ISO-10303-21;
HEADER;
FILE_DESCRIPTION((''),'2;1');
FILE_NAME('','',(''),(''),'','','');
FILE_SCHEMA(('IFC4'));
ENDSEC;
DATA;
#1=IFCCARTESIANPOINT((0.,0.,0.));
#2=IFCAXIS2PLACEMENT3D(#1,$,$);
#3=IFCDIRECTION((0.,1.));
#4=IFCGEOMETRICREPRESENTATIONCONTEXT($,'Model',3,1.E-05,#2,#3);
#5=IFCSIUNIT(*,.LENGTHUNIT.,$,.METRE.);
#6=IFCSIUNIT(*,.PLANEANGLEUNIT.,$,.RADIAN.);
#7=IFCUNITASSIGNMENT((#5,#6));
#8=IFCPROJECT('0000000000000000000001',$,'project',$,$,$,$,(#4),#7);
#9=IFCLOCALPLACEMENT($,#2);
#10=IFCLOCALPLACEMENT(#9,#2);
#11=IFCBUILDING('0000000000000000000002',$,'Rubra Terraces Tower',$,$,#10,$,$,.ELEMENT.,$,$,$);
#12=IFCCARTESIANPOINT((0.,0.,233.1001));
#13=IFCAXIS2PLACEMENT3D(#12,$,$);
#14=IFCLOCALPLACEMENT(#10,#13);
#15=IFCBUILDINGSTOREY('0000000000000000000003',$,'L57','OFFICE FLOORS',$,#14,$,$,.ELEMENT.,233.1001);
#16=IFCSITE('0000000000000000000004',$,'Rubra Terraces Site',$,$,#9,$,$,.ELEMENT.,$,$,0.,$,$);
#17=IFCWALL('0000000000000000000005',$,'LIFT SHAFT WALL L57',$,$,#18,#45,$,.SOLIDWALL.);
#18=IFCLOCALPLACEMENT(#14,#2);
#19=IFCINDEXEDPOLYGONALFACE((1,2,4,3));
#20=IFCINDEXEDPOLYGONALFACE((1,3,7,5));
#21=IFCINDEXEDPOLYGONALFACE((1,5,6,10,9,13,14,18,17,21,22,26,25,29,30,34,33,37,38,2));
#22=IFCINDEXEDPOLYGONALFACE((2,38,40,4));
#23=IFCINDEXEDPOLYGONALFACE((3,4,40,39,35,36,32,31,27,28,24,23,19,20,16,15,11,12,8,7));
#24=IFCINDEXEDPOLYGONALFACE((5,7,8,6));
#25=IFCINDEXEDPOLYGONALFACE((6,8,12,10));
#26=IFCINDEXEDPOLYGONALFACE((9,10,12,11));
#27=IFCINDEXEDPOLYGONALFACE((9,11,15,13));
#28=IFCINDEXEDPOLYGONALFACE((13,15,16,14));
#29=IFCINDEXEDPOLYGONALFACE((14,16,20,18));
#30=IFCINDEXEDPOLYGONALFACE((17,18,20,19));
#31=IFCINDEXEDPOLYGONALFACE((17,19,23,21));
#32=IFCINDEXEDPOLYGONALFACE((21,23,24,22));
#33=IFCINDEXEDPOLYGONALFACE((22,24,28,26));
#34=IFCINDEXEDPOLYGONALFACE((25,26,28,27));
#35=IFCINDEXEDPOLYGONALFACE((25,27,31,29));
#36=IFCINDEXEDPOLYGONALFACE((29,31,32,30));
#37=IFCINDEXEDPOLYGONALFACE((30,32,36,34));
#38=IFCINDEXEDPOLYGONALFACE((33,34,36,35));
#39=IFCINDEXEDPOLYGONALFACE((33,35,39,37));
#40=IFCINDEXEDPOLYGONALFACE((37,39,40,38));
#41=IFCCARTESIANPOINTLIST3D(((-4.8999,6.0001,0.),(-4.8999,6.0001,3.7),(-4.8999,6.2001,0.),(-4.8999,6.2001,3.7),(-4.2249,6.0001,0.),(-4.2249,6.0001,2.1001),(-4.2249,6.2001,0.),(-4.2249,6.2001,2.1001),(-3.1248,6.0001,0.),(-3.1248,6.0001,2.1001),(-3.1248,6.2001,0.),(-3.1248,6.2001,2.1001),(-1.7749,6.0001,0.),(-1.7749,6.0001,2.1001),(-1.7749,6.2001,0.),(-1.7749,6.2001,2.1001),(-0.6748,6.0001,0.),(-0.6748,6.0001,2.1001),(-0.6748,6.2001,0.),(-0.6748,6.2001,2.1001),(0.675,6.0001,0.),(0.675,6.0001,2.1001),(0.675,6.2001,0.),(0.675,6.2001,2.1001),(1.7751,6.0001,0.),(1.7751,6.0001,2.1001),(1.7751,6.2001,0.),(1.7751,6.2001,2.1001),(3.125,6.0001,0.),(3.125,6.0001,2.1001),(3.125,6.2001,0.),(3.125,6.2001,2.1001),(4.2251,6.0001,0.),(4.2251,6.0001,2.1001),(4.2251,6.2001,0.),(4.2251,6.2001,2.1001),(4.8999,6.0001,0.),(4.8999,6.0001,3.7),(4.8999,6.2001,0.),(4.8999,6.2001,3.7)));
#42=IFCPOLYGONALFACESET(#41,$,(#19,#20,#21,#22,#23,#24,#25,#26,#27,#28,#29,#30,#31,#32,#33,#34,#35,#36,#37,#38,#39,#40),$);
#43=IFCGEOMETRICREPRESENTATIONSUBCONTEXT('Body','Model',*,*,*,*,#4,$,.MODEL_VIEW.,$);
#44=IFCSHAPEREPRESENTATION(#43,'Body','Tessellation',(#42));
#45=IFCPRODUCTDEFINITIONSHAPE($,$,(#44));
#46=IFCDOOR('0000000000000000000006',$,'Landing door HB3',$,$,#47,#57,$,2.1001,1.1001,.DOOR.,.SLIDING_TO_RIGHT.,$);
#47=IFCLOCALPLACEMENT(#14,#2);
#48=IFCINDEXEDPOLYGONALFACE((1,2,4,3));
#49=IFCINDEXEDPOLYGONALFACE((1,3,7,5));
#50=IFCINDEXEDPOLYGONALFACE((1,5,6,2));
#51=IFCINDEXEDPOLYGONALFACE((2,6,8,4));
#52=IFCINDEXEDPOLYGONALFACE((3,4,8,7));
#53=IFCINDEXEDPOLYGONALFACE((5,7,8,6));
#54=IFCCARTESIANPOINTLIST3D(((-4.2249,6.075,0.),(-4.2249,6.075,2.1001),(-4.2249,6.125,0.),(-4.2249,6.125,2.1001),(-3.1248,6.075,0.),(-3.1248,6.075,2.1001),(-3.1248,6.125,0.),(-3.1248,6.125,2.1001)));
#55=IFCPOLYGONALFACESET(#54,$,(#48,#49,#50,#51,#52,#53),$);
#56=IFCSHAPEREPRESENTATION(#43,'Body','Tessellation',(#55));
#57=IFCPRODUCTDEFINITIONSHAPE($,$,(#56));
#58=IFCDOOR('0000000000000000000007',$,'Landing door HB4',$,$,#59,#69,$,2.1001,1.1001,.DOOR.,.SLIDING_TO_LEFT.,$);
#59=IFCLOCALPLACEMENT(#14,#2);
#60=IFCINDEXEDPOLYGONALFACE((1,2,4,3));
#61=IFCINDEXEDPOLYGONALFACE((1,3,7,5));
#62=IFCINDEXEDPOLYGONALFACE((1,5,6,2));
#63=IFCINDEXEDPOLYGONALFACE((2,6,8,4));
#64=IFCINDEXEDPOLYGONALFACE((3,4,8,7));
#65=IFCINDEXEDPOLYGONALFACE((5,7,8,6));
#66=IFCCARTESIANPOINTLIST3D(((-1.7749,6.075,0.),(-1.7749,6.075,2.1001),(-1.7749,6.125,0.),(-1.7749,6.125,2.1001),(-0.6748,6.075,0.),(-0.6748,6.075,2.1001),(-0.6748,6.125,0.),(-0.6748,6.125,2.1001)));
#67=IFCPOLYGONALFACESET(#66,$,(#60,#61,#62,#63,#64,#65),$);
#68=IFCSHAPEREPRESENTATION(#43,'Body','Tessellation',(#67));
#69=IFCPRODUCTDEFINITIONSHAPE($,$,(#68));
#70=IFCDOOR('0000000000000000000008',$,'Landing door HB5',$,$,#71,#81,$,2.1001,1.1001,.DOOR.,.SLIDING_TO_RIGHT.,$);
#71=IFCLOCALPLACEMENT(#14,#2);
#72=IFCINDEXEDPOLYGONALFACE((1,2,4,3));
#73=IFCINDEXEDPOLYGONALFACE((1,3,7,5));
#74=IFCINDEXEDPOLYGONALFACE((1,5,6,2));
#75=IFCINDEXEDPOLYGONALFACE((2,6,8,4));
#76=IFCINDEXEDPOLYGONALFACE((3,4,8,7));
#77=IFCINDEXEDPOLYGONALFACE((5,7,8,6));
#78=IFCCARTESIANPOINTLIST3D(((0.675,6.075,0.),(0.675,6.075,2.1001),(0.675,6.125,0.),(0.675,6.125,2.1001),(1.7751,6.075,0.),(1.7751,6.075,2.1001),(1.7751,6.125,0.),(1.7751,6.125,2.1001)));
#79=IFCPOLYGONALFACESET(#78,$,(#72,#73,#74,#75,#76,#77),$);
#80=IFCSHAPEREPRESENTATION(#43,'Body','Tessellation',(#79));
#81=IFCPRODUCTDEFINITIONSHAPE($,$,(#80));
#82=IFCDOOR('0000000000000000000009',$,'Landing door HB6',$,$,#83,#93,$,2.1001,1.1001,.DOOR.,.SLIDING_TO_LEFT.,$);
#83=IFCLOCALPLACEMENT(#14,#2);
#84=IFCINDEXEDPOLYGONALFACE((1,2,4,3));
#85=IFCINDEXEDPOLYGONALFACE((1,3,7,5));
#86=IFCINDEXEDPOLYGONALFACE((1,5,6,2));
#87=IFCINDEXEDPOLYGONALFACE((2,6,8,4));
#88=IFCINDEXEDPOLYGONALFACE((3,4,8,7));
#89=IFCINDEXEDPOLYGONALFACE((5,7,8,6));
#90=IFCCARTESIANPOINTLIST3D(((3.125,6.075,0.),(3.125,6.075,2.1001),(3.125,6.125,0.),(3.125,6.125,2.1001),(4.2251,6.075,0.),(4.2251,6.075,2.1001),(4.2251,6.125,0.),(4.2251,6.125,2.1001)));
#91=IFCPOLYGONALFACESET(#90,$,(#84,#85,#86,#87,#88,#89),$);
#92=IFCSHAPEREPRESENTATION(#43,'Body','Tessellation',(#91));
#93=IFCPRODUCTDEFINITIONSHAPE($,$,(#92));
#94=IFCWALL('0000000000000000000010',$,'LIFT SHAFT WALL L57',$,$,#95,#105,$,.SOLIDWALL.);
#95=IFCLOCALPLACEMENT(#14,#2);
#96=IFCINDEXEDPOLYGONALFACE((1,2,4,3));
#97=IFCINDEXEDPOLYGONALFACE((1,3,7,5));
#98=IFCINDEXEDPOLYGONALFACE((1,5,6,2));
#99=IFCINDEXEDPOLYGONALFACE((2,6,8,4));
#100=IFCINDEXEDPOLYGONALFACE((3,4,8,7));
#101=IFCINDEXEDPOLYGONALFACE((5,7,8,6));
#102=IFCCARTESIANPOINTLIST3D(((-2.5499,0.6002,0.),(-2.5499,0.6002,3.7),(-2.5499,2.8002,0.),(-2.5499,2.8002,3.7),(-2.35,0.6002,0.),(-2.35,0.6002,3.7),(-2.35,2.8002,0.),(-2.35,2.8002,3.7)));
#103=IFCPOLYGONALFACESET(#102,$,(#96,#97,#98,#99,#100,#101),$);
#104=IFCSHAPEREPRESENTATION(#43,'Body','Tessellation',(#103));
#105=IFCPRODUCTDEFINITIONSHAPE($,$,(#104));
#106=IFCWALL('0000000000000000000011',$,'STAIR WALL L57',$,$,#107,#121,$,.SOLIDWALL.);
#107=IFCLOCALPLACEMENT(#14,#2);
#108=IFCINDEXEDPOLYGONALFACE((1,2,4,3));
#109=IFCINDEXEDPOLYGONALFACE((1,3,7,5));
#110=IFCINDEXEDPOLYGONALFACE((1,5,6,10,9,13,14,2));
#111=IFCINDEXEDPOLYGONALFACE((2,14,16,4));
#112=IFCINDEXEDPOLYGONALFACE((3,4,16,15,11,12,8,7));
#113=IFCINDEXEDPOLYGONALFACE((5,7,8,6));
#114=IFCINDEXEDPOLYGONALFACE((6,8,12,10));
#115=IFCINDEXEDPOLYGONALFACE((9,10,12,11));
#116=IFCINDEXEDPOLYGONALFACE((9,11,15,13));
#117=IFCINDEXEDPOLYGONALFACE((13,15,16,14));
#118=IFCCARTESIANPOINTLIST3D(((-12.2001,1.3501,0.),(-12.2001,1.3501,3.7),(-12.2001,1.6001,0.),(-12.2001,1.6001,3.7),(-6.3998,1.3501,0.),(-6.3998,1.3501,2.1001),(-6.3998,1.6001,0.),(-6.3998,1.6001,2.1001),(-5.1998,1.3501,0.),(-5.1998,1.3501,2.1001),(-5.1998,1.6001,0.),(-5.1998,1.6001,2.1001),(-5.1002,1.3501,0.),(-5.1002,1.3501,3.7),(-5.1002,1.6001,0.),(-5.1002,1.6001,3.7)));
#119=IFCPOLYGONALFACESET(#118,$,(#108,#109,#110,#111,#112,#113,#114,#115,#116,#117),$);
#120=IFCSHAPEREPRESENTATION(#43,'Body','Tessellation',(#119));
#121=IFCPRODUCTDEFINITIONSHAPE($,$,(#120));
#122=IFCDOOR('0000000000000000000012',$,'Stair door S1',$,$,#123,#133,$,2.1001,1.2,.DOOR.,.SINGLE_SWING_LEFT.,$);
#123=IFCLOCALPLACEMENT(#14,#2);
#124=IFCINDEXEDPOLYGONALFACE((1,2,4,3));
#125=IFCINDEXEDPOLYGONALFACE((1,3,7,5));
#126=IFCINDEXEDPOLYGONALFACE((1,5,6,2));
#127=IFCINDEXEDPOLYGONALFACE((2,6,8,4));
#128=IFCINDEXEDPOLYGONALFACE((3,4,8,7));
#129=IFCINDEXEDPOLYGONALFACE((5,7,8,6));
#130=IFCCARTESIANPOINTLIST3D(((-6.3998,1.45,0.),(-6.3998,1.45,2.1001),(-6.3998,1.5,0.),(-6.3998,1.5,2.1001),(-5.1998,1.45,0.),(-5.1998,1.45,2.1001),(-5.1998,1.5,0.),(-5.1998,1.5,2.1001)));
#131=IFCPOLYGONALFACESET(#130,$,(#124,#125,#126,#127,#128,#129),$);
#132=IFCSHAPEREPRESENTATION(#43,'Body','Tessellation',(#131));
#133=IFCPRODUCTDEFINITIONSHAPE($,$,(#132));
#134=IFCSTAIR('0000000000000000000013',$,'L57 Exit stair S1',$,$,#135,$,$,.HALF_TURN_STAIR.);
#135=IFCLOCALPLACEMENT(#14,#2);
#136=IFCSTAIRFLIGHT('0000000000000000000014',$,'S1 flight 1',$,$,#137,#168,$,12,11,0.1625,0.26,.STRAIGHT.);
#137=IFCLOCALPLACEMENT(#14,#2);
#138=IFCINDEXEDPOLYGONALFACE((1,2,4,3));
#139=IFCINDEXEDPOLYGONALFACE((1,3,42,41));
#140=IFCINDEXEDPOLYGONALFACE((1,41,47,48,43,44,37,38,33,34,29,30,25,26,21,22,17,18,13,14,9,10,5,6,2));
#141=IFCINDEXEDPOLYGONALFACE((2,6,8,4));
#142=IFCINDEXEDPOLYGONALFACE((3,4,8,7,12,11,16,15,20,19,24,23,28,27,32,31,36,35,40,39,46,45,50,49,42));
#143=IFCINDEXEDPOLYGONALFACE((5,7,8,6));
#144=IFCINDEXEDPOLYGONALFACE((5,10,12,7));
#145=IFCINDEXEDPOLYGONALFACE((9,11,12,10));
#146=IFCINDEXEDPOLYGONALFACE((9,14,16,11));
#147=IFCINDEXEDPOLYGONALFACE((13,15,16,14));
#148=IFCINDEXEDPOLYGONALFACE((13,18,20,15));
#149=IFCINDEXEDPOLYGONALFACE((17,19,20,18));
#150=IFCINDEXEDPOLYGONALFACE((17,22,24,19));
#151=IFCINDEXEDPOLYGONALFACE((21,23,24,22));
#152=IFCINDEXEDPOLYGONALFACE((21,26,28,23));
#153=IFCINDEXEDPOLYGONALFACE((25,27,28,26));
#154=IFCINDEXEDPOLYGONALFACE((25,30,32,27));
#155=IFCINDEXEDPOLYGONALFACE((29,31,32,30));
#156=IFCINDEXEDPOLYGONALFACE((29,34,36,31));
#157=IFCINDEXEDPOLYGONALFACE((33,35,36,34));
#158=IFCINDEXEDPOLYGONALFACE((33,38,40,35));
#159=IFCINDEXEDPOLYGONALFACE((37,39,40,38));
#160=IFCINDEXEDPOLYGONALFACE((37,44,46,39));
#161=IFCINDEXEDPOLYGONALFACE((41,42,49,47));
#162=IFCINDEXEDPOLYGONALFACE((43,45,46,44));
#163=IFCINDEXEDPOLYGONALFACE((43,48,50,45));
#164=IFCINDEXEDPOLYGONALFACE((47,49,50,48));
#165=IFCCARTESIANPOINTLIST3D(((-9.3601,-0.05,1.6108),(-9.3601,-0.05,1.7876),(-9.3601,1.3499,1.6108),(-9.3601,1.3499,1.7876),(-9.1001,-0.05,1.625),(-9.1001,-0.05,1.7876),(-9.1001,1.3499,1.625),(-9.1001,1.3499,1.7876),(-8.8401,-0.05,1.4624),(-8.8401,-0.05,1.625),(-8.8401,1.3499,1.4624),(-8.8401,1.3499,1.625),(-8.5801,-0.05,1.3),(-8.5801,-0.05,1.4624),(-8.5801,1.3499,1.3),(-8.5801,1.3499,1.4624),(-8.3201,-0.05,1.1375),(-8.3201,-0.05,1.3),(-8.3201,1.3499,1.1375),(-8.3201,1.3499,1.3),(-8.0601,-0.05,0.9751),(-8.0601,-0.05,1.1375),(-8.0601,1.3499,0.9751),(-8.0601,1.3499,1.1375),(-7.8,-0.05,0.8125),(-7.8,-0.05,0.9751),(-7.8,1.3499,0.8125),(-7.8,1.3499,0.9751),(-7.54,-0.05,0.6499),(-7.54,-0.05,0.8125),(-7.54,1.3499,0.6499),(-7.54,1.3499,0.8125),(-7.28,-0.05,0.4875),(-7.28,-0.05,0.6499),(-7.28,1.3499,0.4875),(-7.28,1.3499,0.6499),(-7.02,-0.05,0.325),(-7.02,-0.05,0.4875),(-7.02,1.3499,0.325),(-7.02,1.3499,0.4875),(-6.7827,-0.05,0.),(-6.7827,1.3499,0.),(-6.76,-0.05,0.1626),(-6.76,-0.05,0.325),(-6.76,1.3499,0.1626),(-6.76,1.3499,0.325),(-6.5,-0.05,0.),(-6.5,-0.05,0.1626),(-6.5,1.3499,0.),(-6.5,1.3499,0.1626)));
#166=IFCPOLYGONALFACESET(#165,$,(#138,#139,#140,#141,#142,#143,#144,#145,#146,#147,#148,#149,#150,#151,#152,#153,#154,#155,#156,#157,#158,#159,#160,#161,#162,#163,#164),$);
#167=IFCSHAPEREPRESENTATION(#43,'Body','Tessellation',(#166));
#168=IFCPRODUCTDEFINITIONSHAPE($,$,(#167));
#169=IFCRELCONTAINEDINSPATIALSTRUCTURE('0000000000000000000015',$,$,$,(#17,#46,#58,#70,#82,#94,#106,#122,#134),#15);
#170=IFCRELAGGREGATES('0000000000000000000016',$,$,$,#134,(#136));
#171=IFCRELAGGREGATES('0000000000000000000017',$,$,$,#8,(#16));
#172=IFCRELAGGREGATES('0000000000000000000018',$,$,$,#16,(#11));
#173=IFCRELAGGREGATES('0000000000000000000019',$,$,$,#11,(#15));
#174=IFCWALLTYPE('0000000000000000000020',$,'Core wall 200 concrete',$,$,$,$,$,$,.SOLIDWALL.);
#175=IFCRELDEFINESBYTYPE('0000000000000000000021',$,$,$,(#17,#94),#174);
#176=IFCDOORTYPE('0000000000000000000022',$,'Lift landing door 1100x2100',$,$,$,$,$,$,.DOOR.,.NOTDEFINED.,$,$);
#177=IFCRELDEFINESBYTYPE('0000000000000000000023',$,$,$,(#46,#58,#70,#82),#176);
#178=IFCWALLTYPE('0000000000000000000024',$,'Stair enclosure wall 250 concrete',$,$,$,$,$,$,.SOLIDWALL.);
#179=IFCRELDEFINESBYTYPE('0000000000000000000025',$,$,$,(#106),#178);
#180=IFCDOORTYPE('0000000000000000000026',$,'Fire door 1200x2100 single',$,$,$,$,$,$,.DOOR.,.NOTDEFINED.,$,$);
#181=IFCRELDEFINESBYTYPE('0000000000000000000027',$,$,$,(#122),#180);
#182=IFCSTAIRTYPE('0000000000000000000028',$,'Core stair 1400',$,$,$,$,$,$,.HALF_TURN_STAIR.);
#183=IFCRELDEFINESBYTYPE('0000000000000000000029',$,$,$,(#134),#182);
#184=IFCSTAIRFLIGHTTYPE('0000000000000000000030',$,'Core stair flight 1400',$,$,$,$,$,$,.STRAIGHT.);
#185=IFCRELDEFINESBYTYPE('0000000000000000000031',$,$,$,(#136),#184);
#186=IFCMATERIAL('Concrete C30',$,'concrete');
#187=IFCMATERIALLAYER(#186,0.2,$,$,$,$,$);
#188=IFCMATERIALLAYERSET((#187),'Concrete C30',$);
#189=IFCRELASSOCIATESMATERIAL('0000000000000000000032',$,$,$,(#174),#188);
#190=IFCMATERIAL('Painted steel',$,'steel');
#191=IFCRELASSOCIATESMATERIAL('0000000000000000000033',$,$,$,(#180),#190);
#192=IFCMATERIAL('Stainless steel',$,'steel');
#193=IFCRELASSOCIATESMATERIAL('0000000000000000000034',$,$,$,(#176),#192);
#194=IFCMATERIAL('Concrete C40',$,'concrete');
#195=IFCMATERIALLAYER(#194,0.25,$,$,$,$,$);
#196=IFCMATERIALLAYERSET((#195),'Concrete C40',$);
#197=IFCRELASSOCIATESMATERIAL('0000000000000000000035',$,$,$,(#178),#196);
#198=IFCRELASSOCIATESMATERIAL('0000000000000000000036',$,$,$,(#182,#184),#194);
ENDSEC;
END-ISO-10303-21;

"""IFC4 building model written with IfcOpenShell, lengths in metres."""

from ifc_helpers import new_model, si_unit, direction, frame, frame_2d, origin, place, context, subcontext, project, spatial, polyline, rectangle, outline, extrude, material, layer, layer_set, type_object, element, fill, aggregate, save


model = new_model("IFC4")

# Units and contexts
model_context = context("Model", 3, precision=1e-05, world=origin(), true_north=direction((0.0, 1.0)))
body_context = subcontext(model_context, "Body", "Model", "MODEL_VIEW")
ifc_project = project(units=[si_unit("LENGTHUNIT", "METRE"), si_unit("PLANEANGLEUNIT", "RADIAN")], contexts=[model_context])

# Site, building, storey
site_placement = place(None, origin())
site = spatial("IfcSite", under=ifc_project, at=site_placement, Name="Rubra Terraces Site", CompositionType="ELEMENT", RefElevation=0.0)
building_placement = place(site_placement, origin())
building = spatial("IfcBuilding", under=site, at=building_placement, Name="Rubra Terraces Tower", CompositionType="ELEMENT")
storey_placement = place(building_placement, frame((0.0, 0.0, 233.1001)))
storey = spatial("IfcBuildingStorey", under=building, at=storey_placement, Name="L57", Description="OFFICE FLOORS", CompositionType="ELEMENT", Elevation=233.1001)

# Shared definitions
ifc_material_1 = material(Name="Concrete C40", Category="concrete")

# Shared definitions
ifc_material_2 = material(Name="Concrete C30", Category="concrete")
ifc_layer_1 = layer(ifc_material_2, 0.2)
ifc_layer_set_1 = layer_set([ifc_layer_1], Name="Concrete C30")
wall_type_1 = type_object("IfcWallType", Name="Core wall 200 concrete", PredefinedType="SOLIDWALL", material=ifc_layer_set_1)
ifc_material_3 = material(Name="Painted steel", Category="steel")
door_type_1 = type_object("IfcDoorType", Name="Fire door 1200x2100 single", OperationType="NOTDEFINED", PredefinedType="DOOR", material=ifc_material_3)
ifc_material_4 = material(Name="Stainless steel", Category="steel")

# Wall, openings, doors
door_type_2 = type_object("IfcDoorType", Name="Lift landing door 1100x2100", OperationType="NOTDEFINED", PredefinedType="DOOR", material=ifc_material_4)
wall_1_placement = place(storey_placement, frame((-4.8999, 6.1001, 0.0), z_axis=(0.0, 0.0, 1.0), x_axis=(1.0, 0.0, 0.0)))
wall_1 = element("IfcWall", 1, at=wall_1_placement, inside=storey, type_object=wall_type_1, Name="LIFT SHAFT WALL L57", PredefinedType="SOLIDWALL", context=body_context, shape_type="SweptSolid", body=[
    extrude(rectangle(XDim=9.7998, YDim=0.2, at=frame_2d((4.8999, 0.0))), origin(), (0.0, 0.0, 1.0), 3.7),
])
opening_1_placement = place(wall_1_placement, frame((0.675, 0.0, 0.0)))
opening_1 = element("IfcOpeningElement", 2, at=opening_1_placement, cuts=wall_1, PredefinedType="OPENING", context=body_context, shape_type="SweptSolid", body=[
    extrude(rectangle(XDim=1.1001, YDim=2.1001, at=frame_2d((0.55, 1.05))), frame((0.0, 0.1099, 0.0), z_axis=(0.0, -1.0, 0.0), x_axis=(1.0, 0.0, 0.0)), (0.0, 0.0, 1.0), 0.22),
])
opening_2_placement = place(wall_1_placement, frame((3.125, 0.0, 0.0)))
opening_2 = element("IfcOpeningElement", 3, at=opening_2_placement, cuts=wall_1, PredefinedType="OPENING", context=body_context, shape_type="SweptSolid", body=[
    extrude(rectangle(XDim=1.1001, YDim=2.1001, at=frame_2d((0.55, 1.05))), frame((0.0, 0.1099, 0.0), z_axis=(0.0, -1.0, 0.0), x_axis=(1.0, 0.0, 0.0)), (0.0, 0.0, 1.0), 0.22),
])
opening_3_placement = place(wall_1_placement, frame((5.575, 0.0, 0.0)))
opening_3 = element("IfcOpeningElement", 4, at=opening_3_placement, cuts=wall_1, PredefinedType="OPENING", context=body_context, shape_type="SweptSolid", body=[
    extrude(rectangle(XDim=1.1001, YDim=2.1001, at=frame_2d((0.55, 1.05))), frame((0.0, 0.1099, 0.0), z_axis=(0.0, -1.0, 0.0), x_axis=(1.0, 0.0, 0.0)), (0.0, 0.0, 1.0), 0.22),
])
opening_4_placement = place(wall_1_placement, frame((8.0249, 0.0, 0.0)))
opening_4 = element("IfcOpeningElement", 5, at=opening_4_placement, cuts=wall_1, PredefinedType="OPENING", context=body_context, shape_type="SweptSolid", body=[
    extrude(rectangle(XDim=1.1001, YDim=2.1001, at=frame_2d((0.55, 1.05))), frame((0.0, 0.1099, 0.0), z_axis=(0.0, -1.0, 0.0), x_axis=(1.0, 0.0, 0.0)), (0.0, 0.0, 1.0), 0.22),
])
door_1_placement = place(opening_1_placement, origin())
door_1 = element("IfcDoor", 6, at=door_1_placement, inside=storey, type_object=door_type_2, Name="Landing door HB3", OperationType="SLIDING_TO_RIGHT", OverallHeight=2.1001, OverallWidth=1.1001, PredefinedType="DOOR", context=body_context, shape_type="SweptSolid", body=[
    extrude(rectangle(XDim=1.1001, YDim=2.1001, at=frame_2d((0.55, 1.05))), frame((0.0, 0.0249, 0.0), z_axis=(0.0, -1.0, 0.0), x_axis=(1.0, 0.0, 0.0)), (0.0, 0.0, 1.0), 0.05),
])
fill(opening_1, door_1)
door_2_placement = place(opening_2_placement, origin())
door_2 = element("IfcDoor", 7, at=door_2_placement, inside=storey, type_object=door_type_2, Name="Landing door HB4", OperationType="SLIDING_TO_LEFT", OverallHeight=2.1001, OverallWidth=1.1001, PredefinedType="DOOR", context=body_context, shape_type="SweptSolid", body=[
    extrude(rectangle(XDim=1.1001, YDim=2.1001, at=frame_2d((0.55, 1.05))), frame((0.0, 0.0249, 0.0), z_axis=(0.0, -1.0, 0.0), x_axis=(1.0, 0.0, 0.0)), (0.0, 0.0, 1.0), 0.05),
])
fill(opening_2, door_2)
door_3_placement = place(opening_3_placement, origin())
door_3 = element("IfcDoor", 8, at=door_3_placement, inside=storey, type_object=door_type_2, Name="Landing door HB5", OperationType="SLIDING_TO_RIGHT", OverallHeight=2.1001, OverallWidth=1.1001, PredefinedType="DOOR", context=body_context, shape_type="SweptSolid", body=[
    extrude(rectangle(XDim=1.1001, YDim=2.1001, at=frame_2d((0.55, 1.05))), frame((0.0, 0.0249, 0.0), z_axis=(0.0, -1.0, 0.0), x_axis=(1.0, 0.0, 0.0)), (0.0, 0.0, 1.0), 0.05),
])
fill(opening_3, door_3)
door_4_placement = place(opening_4_placement, origin())
door_4 = element("IfcDoor", 9, at=door_4_placement, inside=storey, type_object=door_type_2, Name="Landing door HB6", OperationType="SLIDING_TO_LEFT", OverallHeight=2.1001, OverallWidth=1.1001, PredefinedType="DOOR", context=body_context, shape_type="SweptSolid", body=[
    extrude(rectangle(XDim=1.1001, YDim=2.1001, at=frame_2d((0.55, 1.05))), frame((0.0, 0.0249, 0.0), z_axis=(0.0, -1.0, 0.0), x_axis=(1.0, 0.0, 0.0)), (0.0, 0.0, 1.0), 0.05),
])
fill(opening_4, door_4)

# Wall
wall_2_placement = place(storey_placement, frame((-2.45, 0.6001, 0.0), z_axis=(0.0, 0.0, 1.0), x_axis=(0.0, 1.0, 0.0)))
element("IfcWall", 10, at=wall_2_placement, inside=storey, type_object=wall_type_1, Name="LIFT SHAFT WALL L57", PredefinedType="SOLIDWALL", context=body_context, shape_type="SweptSolid", body=[
    extrude(rectangle(XDim=2.2, YDim=0.2, at=frame_2d((1.1001, 0.0))), origin(), (0.0, 0.0, 1.0), 3.7),
])

# Wall, opening, door
ifc_layer_2 = layer(ifc_material_1, 0.25)
ifc_layer_set_2 = layer_set([ifc_layer_2], Name="Concrete C40")
wall_type_2 = type_object("IfcWallType", Name="Stair enclosure wall 250 concrete", PredefinedType="SOLIDWALL", material=ifc_layer_set_2)
wall_3_placement = place(storey_placement, frame((-12.2, 1.4751, 0.0), z_axis=(0.0, 0.0, 1.0), x_axis=(1.0, 0.0, 0.0)))
wall_3 = element("IfcWall", 11, at=wall_3_placement, inside=storey, type_object=wall_type_2, Name="STAIR WALL L57", PredefinedType="SOLIDWALL", context=body_context, shape_type="SweptSolid", body=[
    extrude(rectangle(XDim=7.0999, YDim=0.25, at=frame_2d((3.5498, 0.0))), origin(), (0.0, 0.0, 1.0), 3.7),
])
opening_5_placement = place(wall_3_placement, frame((5.8, 0.0, 0.0)))
opening_5 = element("IfcOpeningElement", 12, at=opening_5_placement, cuts=wall_3, PredefinedType="OPENING", context=body_context, shape_type="SweptSolid", body=[
    extrude(rectangle(XDim=1.2, YDim=2.1001, at=frame_2d((0.6001, 1.05))), frame((0.0, 0.135, 0.0), z_axis=(0.0, -1.0, 0.0), x_axis=(1.0, 0.0, 0.0)), (0.0, 0.0, 1.0), 0.27),
])
door_5_placement = place(opening_5_placement, origin())
door_5 = element("IfcDoor", 13, at=door_5_placement, inside=storey, type_object=door_type_1, Name="Stair door S1", OperationType="SINGLE_SWING_LEFT", OverallHeight=2.1001, OverallWidth=1.2, PredefinedType="DOOR", context=body_context, shape_type="SweptSolid", body=[
    extrude(rectangle(XDim=1.2, YDim=2.1001, at=frame_2d((0.6001, 1.05))), frame((0.0, 0.0249, 0.0), z_axis=(0.0, -1.0, 0.0), x_axis=(1.0, 0.0, 0.0)), (0.0, 0.0, 1.0), 0.05),
])
fill(opening_5, door_5)

# Stair, stair flight
stair_type = type_object("IfcStairType", Name="Core stair 1400", PredefinedType="HALF_TURN_STAIR", material=ifc_material_1)
stair_placement = place(storey_placement, origin())
stair = element("IfcStair", 14, at=stair_placement, inside=storey, type_object=stair_type, Name="L57 Exit stair S1", PredefinedType="HALF_TURN_STAIR")
stair_flight_type = type_object("IfcStairFlightType", Name="Core stair flight 1400", PredefinedType="STRAIGHT", material=ifc_material_1)
stair_flight_placement = place(storey_placement, frame((-6.5, 0.6499, 0.0), z_axis=(0.0, 0.0, 1.0), x_axis=(-1.0, 0.0, 0.0)))
stair_flight = element("IfcStairFlight", 15, at=stair_flight_placement, type_object=stair_flight_type, Name="S1 flight 1", NumberOfRisers=12, NumberOfTreads=11, PredefinedType="STRAIGHT", RiserHeight=0.1625, TreadLength=0.26, context=body_context, shape_type="SweptSolid", body=[
    extrude(outline(polyline([(0.0, 0.0), (0.0, 0.1626), (0.26, 0.1626), (0.26, 0.325), (0.52, 0.325), (0.52, 0.4875), (0.78, 0.4875), (0.78, 0.6499), (1.04, 0.6499), (1.04, 0.8125), (1.3, 0.8125), (1.3, 0.9751), (1.5601, 0.9751), (1.5601, 1.1375), (1.8201, 1.1375), (1.8201, 1.3), (2.0801, 1.3), (2.0801, 1.4624), (2.3401, 1.4624), (2.3401, 1.625), (2.6001, 1.625), (2.6001, 1.7876), (2.8601, 1.7876), (2.8601, 1.95), (2.8601, 1.6108), (0.2827, 0.0), (0.0, 0.0)])), frame((0.0, 0.7, 0.0), z_axis=(0.0, -1.0, 0.0), x_axis=(1.0, 0.0, 0.0)), (0.0, 0.0, 1.0), 1.3999),
])
aggregate(stair, [stair_flight])

save(model, "model.ifc")
